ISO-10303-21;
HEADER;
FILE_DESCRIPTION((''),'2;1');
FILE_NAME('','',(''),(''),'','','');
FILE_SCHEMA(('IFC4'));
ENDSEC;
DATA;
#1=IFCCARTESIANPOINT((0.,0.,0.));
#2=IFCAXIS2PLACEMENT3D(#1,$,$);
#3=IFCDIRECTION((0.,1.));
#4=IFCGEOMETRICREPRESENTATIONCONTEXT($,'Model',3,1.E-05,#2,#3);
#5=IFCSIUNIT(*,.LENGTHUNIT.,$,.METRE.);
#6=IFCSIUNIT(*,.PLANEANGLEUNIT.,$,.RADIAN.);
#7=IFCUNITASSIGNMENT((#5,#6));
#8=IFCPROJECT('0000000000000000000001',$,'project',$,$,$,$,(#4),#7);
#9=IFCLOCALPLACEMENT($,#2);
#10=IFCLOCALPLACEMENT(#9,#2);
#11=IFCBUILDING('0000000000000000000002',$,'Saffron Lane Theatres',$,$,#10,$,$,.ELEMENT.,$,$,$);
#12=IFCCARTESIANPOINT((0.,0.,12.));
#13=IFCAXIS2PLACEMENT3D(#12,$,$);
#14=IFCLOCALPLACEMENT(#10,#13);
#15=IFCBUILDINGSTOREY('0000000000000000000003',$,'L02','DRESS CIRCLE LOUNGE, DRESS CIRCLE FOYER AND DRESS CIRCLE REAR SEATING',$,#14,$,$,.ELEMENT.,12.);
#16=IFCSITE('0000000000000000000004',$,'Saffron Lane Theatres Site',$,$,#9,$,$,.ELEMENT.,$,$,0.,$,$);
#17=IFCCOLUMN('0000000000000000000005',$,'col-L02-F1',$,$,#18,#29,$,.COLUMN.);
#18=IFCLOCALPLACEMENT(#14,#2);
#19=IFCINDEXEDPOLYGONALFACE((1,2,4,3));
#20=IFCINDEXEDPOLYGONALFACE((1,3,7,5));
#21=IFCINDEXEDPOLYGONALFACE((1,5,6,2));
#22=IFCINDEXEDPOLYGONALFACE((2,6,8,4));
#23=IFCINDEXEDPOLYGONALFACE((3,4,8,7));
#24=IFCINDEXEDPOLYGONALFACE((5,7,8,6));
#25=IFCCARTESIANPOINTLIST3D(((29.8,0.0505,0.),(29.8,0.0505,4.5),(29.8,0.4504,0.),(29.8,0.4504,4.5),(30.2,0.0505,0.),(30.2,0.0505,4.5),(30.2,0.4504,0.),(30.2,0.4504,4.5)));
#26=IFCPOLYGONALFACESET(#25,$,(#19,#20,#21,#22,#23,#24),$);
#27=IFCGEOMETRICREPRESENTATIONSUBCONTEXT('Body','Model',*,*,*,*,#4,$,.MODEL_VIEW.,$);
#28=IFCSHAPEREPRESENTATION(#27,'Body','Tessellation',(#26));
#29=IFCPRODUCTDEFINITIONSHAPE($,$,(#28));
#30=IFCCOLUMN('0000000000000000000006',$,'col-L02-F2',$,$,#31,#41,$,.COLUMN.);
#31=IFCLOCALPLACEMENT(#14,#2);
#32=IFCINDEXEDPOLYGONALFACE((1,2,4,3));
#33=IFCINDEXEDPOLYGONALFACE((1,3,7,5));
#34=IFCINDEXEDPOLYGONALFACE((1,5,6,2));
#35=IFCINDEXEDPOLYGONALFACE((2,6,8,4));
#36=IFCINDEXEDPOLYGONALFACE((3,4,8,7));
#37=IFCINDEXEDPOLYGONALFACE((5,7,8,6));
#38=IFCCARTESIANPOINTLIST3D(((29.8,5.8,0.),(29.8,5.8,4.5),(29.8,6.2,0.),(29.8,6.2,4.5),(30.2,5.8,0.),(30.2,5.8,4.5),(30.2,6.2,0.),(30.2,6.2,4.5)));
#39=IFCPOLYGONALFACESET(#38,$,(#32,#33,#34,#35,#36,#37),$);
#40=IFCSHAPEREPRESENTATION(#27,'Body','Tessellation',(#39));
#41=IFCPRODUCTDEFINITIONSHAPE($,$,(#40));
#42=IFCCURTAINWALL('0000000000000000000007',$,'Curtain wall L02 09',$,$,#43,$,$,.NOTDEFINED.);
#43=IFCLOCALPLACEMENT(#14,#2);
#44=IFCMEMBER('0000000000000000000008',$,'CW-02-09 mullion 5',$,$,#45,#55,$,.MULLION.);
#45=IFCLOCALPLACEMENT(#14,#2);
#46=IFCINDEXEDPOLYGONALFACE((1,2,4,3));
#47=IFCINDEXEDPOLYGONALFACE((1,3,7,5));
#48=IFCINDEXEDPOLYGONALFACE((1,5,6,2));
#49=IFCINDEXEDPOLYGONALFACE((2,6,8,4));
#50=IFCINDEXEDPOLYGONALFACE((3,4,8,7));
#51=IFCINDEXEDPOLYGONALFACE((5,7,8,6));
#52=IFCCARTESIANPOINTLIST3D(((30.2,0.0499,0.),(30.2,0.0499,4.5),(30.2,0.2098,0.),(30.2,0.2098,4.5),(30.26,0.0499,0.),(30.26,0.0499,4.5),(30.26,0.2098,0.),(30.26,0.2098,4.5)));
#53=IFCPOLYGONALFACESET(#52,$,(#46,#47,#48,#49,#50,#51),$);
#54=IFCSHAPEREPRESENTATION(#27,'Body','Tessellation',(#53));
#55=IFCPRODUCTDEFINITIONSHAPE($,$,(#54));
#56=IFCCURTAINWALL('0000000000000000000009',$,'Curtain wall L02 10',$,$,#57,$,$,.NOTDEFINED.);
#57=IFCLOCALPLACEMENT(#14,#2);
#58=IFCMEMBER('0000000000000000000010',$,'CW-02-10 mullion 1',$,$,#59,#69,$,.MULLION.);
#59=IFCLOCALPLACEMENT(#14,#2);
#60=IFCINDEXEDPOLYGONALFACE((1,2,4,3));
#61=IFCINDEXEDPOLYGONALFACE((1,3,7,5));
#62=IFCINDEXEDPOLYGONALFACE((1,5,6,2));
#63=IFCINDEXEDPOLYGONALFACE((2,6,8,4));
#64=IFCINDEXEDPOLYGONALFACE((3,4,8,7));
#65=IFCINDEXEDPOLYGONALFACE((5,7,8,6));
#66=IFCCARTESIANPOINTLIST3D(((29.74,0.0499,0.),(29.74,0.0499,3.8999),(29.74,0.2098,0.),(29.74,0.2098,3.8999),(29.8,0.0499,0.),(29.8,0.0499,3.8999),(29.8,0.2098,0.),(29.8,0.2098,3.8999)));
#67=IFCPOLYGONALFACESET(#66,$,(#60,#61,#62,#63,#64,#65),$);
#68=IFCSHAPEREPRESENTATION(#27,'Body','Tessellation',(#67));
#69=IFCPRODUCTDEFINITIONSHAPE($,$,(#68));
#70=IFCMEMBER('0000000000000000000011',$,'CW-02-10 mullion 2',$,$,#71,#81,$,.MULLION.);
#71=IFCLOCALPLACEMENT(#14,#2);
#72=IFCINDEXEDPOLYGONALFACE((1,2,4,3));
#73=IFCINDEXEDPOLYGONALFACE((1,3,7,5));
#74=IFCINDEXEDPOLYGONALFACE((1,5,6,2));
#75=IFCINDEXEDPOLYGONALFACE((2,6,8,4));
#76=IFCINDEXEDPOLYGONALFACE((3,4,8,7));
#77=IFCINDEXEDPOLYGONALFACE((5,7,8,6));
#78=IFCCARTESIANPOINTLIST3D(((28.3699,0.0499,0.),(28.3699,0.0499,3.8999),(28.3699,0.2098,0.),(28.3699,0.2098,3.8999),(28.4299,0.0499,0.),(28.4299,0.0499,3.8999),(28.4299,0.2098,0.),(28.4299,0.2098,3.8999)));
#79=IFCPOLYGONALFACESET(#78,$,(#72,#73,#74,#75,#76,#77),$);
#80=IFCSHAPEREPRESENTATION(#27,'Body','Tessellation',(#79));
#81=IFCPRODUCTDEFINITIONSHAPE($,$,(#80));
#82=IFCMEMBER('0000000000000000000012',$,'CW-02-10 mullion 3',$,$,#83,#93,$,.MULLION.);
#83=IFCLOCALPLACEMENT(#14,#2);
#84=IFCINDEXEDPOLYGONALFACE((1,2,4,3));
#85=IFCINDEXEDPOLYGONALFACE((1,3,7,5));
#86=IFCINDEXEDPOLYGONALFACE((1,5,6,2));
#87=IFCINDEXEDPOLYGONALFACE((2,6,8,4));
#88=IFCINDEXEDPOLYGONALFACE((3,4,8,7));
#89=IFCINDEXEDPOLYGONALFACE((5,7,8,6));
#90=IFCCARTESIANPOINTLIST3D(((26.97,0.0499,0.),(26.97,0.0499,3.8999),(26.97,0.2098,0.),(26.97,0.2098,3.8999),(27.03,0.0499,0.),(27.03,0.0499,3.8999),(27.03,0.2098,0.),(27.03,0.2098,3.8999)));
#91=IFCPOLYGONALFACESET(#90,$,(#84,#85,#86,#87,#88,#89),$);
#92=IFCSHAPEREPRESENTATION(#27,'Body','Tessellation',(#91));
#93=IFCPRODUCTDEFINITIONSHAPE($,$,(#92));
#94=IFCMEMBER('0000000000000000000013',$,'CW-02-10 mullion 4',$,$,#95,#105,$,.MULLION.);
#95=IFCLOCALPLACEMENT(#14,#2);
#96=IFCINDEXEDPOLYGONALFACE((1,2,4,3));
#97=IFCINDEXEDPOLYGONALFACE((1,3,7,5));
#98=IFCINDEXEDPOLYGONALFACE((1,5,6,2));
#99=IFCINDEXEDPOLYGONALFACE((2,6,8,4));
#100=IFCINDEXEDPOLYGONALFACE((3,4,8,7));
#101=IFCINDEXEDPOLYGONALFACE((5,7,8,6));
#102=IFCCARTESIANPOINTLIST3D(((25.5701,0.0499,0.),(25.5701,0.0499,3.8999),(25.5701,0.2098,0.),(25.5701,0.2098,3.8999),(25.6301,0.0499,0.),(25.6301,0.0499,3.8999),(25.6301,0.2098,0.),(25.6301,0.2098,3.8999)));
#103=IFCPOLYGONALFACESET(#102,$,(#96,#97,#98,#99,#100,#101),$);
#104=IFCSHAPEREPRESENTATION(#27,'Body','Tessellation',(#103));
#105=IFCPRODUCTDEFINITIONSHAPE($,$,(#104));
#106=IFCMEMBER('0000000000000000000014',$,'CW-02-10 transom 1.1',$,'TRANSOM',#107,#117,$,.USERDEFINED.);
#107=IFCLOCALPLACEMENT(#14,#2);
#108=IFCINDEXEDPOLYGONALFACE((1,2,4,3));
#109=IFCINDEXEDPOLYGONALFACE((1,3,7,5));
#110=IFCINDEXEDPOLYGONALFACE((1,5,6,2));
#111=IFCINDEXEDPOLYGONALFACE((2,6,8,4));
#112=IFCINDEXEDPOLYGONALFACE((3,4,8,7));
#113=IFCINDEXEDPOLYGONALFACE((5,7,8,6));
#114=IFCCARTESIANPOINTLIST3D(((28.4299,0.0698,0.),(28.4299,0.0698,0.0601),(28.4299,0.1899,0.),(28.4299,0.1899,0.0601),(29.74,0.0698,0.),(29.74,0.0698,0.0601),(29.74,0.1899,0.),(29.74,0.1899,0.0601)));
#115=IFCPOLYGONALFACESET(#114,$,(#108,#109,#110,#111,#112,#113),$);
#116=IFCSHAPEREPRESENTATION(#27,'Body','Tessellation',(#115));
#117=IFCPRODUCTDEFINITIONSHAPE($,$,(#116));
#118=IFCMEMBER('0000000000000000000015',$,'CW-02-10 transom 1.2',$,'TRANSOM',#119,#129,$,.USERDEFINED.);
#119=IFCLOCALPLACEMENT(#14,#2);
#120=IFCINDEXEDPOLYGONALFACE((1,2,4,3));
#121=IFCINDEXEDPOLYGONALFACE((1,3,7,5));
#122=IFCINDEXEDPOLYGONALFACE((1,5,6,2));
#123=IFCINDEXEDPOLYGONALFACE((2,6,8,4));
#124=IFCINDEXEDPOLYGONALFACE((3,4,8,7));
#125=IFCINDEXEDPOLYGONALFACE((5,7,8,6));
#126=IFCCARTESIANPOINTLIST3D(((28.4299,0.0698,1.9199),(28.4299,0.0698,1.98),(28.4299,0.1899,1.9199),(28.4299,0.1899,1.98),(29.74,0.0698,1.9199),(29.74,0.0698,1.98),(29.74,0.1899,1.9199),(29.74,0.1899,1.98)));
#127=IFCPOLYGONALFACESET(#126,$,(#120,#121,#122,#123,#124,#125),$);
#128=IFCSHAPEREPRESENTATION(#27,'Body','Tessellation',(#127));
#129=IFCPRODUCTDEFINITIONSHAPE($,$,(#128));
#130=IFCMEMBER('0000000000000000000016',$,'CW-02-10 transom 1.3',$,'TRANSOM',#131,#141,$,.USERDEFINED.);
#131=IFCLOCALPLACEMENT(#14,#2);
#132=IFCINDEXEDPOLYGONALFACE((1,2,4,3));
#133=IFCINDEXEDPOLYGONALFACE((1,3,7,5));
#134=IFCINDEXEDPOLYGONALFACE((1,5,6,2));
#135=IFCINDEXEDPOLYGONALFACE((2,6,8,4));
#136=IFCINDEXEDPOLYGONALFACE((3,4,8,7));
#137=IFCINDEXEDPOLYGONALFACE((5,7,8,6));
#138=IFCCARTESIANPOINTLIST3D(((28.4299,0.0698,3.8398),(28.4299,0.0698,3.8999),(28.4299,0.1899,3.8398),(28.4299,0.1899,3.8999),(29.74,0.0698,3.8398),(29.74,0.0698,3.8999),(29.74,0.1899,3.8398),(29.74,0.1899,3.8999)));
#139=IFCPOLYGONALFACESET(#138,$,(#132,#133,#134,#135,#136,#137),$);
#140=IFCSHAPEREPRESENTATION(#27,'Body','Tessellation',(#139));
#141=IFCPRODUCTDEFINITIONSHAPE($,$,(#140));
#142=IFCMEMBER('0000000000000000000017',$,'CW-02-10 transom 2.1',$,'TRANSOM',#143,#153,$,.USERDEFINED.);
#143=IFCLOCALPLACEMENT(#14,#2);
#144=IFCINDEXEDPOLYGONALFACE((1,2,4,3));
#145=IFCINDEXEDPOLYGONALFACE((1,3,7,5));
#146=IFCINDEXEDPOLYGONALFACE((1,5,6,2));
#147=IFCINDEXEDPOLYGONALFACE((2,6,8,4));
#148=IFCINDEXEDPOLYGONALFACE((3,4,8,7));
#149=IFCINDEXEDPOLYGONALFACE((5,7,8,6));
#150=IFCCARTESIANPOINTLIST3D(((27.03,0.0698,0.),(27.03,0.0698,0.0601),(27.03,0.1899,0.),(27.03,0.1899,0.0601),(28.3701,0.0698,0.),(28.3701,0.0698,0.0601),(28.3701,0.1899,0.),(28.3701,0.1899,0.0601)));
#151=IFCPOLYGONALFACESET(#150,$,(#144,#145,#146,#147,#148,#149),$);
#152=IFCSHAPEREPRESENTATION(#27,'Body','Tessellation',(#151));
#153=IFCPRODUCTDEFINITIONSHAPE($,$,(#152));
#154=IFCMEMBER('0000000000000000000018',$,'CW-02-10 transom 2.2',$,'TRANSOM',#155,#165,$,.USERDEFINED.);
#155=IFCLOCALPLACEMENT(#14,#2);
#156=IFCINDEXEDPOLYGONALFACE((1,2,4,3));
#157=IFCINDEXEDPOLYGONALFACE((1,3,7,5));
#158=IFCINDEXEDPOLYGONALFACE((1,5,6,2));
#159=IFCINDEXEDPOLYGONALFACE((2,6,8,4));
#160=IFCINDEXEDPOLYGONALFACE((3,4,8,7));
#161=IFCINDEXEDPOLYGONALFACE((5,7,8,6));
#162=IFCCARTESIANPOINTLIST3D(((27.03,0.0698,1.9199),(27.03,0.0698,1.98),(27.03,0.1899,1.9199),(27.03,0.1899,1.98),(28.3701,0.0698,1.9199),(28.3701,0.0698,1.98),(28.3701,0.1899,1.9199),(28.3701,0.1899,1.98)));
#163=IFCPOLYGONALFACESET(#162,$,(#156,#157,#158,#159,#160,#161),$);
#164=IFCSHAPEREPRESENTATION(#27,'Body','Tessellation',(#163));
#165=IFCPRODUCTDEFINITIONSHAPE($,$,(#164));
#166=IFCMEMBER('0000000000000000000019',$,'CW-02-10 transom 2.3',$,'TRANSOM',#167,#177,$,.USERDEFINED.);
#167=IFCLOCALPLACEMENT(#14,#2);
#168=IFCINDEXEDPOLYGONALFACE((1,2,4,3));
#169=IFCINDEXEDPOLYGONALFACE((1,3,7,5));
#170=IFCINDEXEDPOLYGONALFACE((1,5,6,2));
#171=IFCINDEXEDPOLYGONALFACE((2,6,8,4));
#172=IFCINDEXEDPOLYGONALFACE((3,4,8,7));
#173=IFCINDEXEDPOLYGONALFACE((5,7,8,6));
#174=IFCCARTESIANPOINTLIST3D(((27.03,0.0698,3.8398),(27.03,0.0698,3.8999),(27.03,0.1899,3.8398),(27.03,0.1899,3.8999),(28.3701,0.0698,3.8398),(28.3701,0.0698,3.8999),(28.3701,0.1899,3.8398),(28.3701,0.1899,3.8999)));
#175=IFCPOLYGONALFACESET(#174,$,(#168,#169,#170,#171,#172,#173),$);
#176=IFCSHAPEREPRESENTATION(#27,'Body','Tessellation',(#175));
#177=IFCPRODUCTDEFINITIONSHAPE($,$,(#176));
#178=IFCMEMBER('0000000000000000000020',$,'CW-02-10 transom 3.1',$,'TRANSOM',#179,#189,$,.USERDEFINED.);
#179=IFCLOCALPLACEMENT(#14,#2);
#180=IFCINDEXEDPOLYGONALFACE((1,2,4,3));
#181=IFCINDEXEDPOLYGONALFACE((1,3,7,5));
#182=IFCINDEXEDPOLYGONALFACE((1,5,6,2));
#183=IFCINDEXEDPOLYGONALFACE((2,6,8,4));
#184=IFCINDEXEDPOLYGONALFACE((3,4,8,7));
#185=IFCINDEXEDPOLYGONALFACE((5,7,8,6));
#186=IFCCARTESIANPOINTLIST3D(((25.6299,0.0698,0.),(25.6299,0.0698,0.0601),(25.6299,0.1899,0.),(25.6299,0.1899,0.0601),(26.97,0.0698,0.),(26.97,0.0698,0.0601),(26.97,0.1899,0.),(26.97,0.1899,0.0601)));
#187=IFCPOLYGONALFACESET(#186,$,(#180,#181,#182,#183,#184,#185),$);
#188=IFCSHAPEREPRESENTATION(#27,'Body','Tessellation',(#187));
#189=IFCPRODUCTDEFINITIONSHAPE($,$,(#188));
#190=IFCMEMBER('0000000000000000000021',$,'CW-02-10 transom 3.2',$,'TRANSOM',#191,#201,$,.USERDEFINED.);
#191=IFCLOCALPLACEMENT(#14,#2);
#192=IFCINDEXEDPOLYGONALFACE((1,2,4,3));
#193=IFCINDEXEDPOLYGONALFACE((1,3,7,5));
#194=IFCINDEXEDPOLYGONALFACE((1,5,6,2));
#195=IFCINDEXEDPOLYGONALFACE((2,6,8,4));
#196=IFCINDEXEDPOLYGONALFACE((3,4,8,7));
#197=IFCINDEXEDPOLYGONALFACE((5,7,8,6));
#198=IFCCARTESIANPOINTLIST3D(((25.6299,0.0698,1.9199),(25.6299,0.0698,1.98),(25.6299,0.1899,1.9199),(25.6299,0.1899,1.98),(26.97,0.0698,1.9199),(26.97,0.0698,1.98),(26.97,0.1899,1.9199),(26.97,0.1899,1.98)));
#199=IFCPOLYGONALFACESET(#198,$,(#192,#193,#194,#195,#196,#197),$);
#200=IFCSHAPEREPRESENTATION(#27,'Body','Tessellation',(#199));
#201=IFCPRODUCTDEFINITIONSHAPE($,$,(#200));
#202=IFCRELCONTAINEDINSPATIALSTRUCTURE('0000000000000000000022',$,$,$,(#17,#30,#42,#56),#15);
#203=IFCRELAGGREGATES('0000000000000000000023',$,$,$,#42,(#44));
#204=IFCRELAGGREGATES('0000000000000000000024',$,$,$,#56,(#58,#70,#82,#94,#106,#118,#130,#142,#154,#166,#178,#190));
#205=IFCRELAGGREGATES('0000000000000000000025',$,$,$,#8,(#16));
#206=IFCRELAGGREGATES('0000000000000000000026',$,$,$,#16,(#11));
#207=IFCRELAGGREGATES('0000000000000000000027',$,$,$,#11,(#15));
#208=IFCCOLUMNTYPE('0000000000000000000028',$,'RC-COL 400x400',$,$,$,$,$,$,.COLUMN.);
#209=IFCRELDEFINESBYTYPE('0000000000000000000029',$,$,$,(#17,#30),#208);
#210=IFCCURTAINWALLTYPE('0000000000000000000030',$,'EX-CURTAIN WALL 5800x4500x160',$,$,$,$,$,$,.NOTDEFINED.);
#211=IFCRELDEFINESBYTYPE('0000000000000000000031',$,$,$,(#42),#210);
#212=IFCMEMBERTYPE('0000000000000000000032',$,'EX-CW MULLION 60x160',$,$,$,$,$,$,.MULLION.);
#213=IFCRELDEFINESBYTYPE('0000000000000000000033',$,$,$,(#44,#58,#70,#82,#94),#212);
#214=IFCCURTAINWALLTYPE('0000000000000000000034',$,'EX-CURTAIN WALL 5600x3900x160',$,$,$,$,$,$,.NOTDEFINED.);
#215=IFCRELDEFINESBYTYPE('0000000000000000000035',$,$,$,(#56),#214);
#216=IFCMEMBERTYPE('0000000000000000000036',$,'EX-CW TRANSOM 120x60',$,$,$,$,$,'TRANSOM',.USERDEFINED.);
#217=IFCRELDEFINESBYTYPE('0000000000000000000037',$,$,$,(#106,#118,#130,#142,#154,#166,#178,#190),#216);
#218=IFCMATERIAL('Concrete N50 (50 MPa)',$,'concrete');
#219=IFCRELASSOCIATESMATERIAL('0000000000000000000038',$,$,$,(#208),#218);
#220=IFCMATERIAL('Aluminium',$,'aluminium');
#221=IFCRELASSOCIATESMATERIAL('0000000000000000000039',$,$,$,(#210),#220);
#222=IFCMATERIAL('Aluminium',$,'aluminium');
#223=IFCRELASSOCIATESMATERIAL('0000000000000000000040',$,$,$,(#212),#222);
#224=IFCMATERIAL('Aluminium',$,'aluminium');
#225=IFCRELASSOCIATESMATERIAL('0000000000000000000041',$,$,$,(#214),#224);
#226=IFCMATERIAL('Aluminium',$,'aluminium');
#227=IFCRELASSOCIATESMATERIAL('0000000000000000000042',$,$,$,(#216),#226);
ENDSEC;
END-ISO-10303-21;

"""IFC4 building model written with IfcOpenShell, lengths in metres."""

from ifc_helpers import new_model, si_unit, direction, frame, origin, origin_2d, place, context, subcontext, project, spatial, rectangle, extrude, material, material_profile, profile_set, type_object, element, aggregate, save


model = new_model("IFC4")

# Units and contexts
model_context = context("Model", 3, precision=1e-05, world=origin(), true_north=direction((0.0, 1.0)))
body_context = subcontext(model_context, "Body", "Model", "MODEL_VIEW")
ifc_project = project(units=[si_unit("LENGTHUNIT", "METRE"), si_unit("PLANEANGLEUNIT", "RADIAN")], contexts=[model_context])

# Site, building, storey
site_placement = place(None, origin())
site = spatial("IfcSite", under=ifc_project, at=site_placement, Name="Saffron Lane Theatres Site", CompositionType="ELEMENT", RefElevation=0.0)
building_placement = place(site_placement, origin())
building = spatial("IfcBuilding", under=site, at=building_placement, Name="Saffron Lane Theatres", CompositionType="ELEMENT")
storey_placement = place(building_placement, frame((0.0, 0.0, 12.0)))
storey = spatial("IfcBuildingStorey", under=building, at=storey_placement, Name="L02", Description="DRESS CIRCLE LOUNGE, DRESS CIRCLE FOYER AND DRESS CIRCLE REAR SEATING", CompositionType="ELEMENT", Elevation=12.0)

# Columns
ifc_material_1 = material(Name="Concrete N50 (50 MPa)", Category="concrete")
ifc_material_profile_1 = material_profile(ifc_material_1, rectangle(XDim=0.3999, YDim=0.3999, at=origin_2d()))
ifc_profile_set_1 = profile_set([ifc_material_profile_1], Name="Concrete N50 (50 MPa)")
column_type = type_object("IfcColumnType", Name="RC-COL 400x400", PredefinedType="COLUMN", material=ifc_profile_set_1)
for number, where, z_axis, x_axis, name in (
    (1, (30.0, 0.2505, 0.0), (0.0, 0.0, 1.0), (1.0, 0.0, 0.0), "col-L02-F1"),
    (2, (30.0, 6.0, 0.0), (0.0, 0.0, 1.0), (1.0, 0.0, 0.0), "col-L02-F2"),
):
    element("IfcColumn", number, at=place(storey_placement, frame(where, z_axis=z_axis, x_axis=x_axis)), inside=storey, type_object=column_type, Name=name, PredefinedType="COLUMN", context=body_context, shape_type="SweptSolid", body=[
        extrude(rectangle(XDim=0.3999, YDim=0.3999, at=origin_2d()), origin(), (0.0, 0.0, 1.0), 4.5),
    ])

# Curtain wall, member
ifc_material_2 = material(Name="Aluminium", Category="aluminium")
curtain_wall_type_1 = type_object("IfcCurtainWallType", Name="EX-CURTAIN WALL 5800x4500x160", PredefinedType="NOTDEFINED", material=ifc_material_2)
curtain_wall_1_placement = place(storey_placement, origin())
curtain_wall_1 = element("IfcCurtainWall", 3, at=curtain_wall_1_placement, inside=storey, type_object=curtain_wall_type_1, Name="Curtain wall L02 09", PredefinedType="NOTDEFINED")
ifc_material_3 = material(Name="Aluminium", Category="aluminium")
ifc_material_profile_2 = material_profile(ifc_material_3, rectangle(XDim=0.0601, YDim=0.1599, at=origin_2d()))
ifc_profile_set_2 = profile_set([ifc_material_profile_2], Name="Aluminium")
member_type_1 = type_object("IfcMemberType", Name="EX-CW MULLION 60x160", PredefinedType="MULLION", material=ifc_profile_set_2)
member_1_placement = place(storey_placement, frame((30.23, 0.1299, 0.0), z_axis=(0.0, 0.0, 1.0), x_axis=(-1.0, 0.0, 0.0)))
member_1 = element("IfcMember", 4, at=member_1_placement, type_object=member_type_1, Name="CW-02-09 mullion 5", PredefinedType="MULLION", context=body_context, shape_type="SweptSolid", body=[
    extrude(rectangle(XDim=0.0601, YDim=0.1599, at=origin_2d()), origin(), (0.0, 0.0, 1.0), 4.5),
])
aggregate(curtain_wall_1, [member_1])

# Curtain wall, members
ifc_material_4 = material(Name="Aluminium", Category="aluminium")
curtain_wall_type_2 = type_object("IfcCurtainWallType", Name="EX-CURTAIN WALL 5600x3900x160", PredefinedType="NOTDEFINED", material=ifc_material_4)
curtain_wall_2_placement = place(storey_placement, origin())
curtain_wall_2 = element("IfcCurtainWall", 5, at=curtain_wall_2_placement, inside=storey, type_object=curtain_wall_type_2, Name="Curtain wall L02 10", PredefinedType="NOTDEFINED")
member_2_placement = place(storey_placement, frame((29.77, 0.1299, 0.0), z_axis=(0.0, 0.0, 1.0), x_axis=(-1.0, 0.0, 0.0)))
member_2 = element("IfcMember", 6, at=member_2_placement, type_object=member_type_1, Name="CW-02-10 mullion 1", PredefinedType="MULLION", context=body_context, shape_type="SweptSolid", body=[
    extrude(rectangle(XDim=0.0601, YDim=0.1599, at=origin_2d()), origin(), (0.0, 0.0, 1.0), 3.8999),
])
member_3_placement = place(storey_placement, frame((28.3999, 0.1299, 0.0), z_axis=(0.0, 0.0, 1.0), x_axis=(-1.0, 0.0, 0.0)))
member_3 = element("IfcMember", 7, at=member_3_placement, type_object=member_type_1, Name="CW-02-10 mullion 2", PredefinedType="MULLION", context=body_context, shape_type="SweptSolid", body=[
    extrude(rectangle(XDim=0.0601, YDim=0.1599, at=origin_2d()), origin(), (0.0, 0.0, 1.0), 3.8999),
])
member_4_placement = place(storey_placement, frame((27.0, 0.1299, 0.0), z_axis=(0.0, 0.0, 1.0), x_axis=(-1.0, 0.0, 0.0)))
member_4 = element("IfcMember", 8, at=member_4_placement, type_object=member_type_1, Name="CW-02-10 mullion 3", PredefinedType="MULLION", context=body_context, shape_type="SweptSolid", body=[
    extrude(rectangle(XDim=0.0601, YDim=0.1599, at=origin_2d()), origin(), (0.0, 0.0, 1.0), 3.8999),
])
member_5_placement = place(storey_placement, frame((25.6001, 0.1299, 0.0), z_axis=(0.0, 0.0, 1.0), x_axis=(-1.0, 0.0, 0.0)))
member_5 = element("IfcMember", 9, at=member_5_placement, type_object=member_type_1, Name="CW-02-10 mullion 4", PredefinedType="MULLION", context=body_context, shape_type="SweptSolid", body=[
    extrude(rectangle(XDim=0.0601, YDim=0.1599, at=origin_2d()), origin(), (0.0, 0.0, 1.0), 3.8999),
])
ifc_material_5 = material(Name="Aluminium", Category="aluminium")
ifc_material_profile_3 = material_profile(ifc_material_5, rectangle(XDim=0.1201, YDim=0.0601, at=origin_2d()))
ifc_profile_set_3 = profile_set([ifc_material_profile_3], Name="Aluminium")
member_type_2 = type_object("IfcMemberType", Name="EX-CW TRANSOM 120x60", ElementType="TRANSOM", PredefinedType="USERDEFINED", material=ifc_profile_set_3)
member_6_placement = place(storey_placement, frame((29.74, 0.1299, 0.03), z_axis=(-1.0, 0.0, 0.0), x_axis=(0.0, -1.0, 0.0)))
member_6 = element("IfcMember", 10, at=member_6_placement, type_object=member_type_2, Name="CW-02-10 transom 1.1", ObjectType="TRANSOM", PredefinedType="USERDEFINED", context=body_context, shape_type="SweptSolid", body=[
    extrude(rectangle(XDim=0.1201, YDim=0.0601, at=origin_2d()), origin(), (0.0, 0.0, 1.0), 1.3101),
])
member_7_placement = place(storey_placement, frame((29.74, 0.1299, 1.95), z_axis=(-1.0, 0.0, 0.0), x_axis=(0.0, -1.0, 0.0)))
member_7 = element("IfcMember", 11, at=member_7_placement, type_object=member_type_2, Name="CW-02-10 transom 1.2", ObjectType="TRANSOM", PredefinedType="USERDEFINED", context=body_context, shape_type="SweptSolid", body=[
    extrude(rectangle(XDim=0.1201, YDim=0.0601, at=origin_2d()), origin(), (0.0, 0.0, 1.0), 1.3101),
])
member_8_placement = place(storey_placement, frame((29.74, 0.1299, 3.8699), z_axis=(-1.0, 0.0, 0.0), x_axis=(0.0, -1.0, 0.0)))
member_8 = element("IfcMember", 12, at=member_8_placement, type_object=member_type_2, Name="CW-02-10 transom 1.3", ObjectType="TRANSOM", PredefinedType="USERDEFINED", context=body_context, shape_type="SweptSolid", body=[
    extrude(rectangle(XDim=0.1201, YDim=0.0601, at=origin_2d()), origin(), (0.0, 0.0, 1.0), 1.3101),
])
member_9_placement = place(storey_placement, frame((28.3701, 0.1299, 0.03), z_axis=(-1.0, 0.0, 0.0), x_axis=(0.0, -1.0, 0.0)))
member_9 = element("IfcMember", 13, at=member_9_placement, type_object=member_type_2, Name="CW-02-10 transom 2.1", ObjectType="TRANSOM", PredefinedType="USERDEFINED", context=body_context, shape_type="SweptSolid", body=[
    extrude(rectangle(XDim=0.1201, YDim=0.0601, at=origin_2d()), origin(), (0.0, 0.0, 1.0), 1.3401),
])
member_10_placement = place(storey_placement, frame((28.3701, 0.1299, 1.95), z_axis=(-1.0, 0.0, 0.0), x_axis=(0.0, -1.0, 0.0)))
member_10 = element("IfcMember", 14, at=member_10_placement, type_object=member_type_2, Name="CW-02-10 transom 2.2", ObjectType="TRANSOM", PredefinedType="USERDEFINED", context=body_context, shape_type="SweptSolid", body=[
    extrude(rectangle(XDim=0.1201, YDim=0.0601, at=origin_2d()), origin(), (0.0, 0.0, 1.0), 1.3401),
])
member_11_placement = place(storey_placement, frame((28.3701, 0.1299, 3.8699), z_axis=(-1.0, 0.0, 0.0), x_axis=(0.0, -1.0, 0.0)))
member_11 = element("IfcMember", 15, at=member_11_placement, type_object=member_type_2, Name="CW-02-10 transom 2.3", ObjectType="TRANSOM", PredefinedType="USERDEFINED", context=body_context, shape_type="SweptSolid", body=[
    extrude(rectangle(XDim=0.1201, YDim=0.0601, at=origin_2d()), origin(), (0.0, 0.0, 1.0), 1.3401),
])
member_12_placement = place(storey_placement, frame((26.97, 0.1299, 0.03), z_axis=(-1.0, 0.0, 0.0), x_axis=(0.0, -1.0, 0.0)))
member_12 = element("IfcMember", 16, at=member_12_placement, type_object=member_type_2, Name="CW-02-10 transom 3.1", ObjectType="TRANSOM", PredefinedType="USERDEFINED", context=body_context, shape_type="SweptSolid", body=[
    extrude(rectangle(XDim=0.1201, YDim=0.0601, at=origin_2d()), origin(), (0.0, 0.0, 1.0), 1.3401),
])
member_13_placement = place(storey_placement, frame((26.97, 0.1299, 1.95), z_axis=(-1.0, 0.0, 0.0), x_axis=(0.0, -1.0, 0.0)))
member_13 = element("IfcMember", 17, at=member_13_placement, type_object=member_type_2, Name="CW-02-10 transom 3.2", ObjectType="TRANSOM", PredefinedType="USERDEFINED", context=body_context, shape_type="SweptSolid", body=[
    extrude(rectangle(XDim=0.1201, YDim=0.0601, at=origin_2d()), origin(), (0.0, 0.0, 1.0), 1.3401),
])

aggregate(curtain_wall_2, [member_2, member_3, member_4, member_5, member_6, member_7, member_8, member_9, member_10, member_11, member_12, member_13])

save(model, "model.ifc")
